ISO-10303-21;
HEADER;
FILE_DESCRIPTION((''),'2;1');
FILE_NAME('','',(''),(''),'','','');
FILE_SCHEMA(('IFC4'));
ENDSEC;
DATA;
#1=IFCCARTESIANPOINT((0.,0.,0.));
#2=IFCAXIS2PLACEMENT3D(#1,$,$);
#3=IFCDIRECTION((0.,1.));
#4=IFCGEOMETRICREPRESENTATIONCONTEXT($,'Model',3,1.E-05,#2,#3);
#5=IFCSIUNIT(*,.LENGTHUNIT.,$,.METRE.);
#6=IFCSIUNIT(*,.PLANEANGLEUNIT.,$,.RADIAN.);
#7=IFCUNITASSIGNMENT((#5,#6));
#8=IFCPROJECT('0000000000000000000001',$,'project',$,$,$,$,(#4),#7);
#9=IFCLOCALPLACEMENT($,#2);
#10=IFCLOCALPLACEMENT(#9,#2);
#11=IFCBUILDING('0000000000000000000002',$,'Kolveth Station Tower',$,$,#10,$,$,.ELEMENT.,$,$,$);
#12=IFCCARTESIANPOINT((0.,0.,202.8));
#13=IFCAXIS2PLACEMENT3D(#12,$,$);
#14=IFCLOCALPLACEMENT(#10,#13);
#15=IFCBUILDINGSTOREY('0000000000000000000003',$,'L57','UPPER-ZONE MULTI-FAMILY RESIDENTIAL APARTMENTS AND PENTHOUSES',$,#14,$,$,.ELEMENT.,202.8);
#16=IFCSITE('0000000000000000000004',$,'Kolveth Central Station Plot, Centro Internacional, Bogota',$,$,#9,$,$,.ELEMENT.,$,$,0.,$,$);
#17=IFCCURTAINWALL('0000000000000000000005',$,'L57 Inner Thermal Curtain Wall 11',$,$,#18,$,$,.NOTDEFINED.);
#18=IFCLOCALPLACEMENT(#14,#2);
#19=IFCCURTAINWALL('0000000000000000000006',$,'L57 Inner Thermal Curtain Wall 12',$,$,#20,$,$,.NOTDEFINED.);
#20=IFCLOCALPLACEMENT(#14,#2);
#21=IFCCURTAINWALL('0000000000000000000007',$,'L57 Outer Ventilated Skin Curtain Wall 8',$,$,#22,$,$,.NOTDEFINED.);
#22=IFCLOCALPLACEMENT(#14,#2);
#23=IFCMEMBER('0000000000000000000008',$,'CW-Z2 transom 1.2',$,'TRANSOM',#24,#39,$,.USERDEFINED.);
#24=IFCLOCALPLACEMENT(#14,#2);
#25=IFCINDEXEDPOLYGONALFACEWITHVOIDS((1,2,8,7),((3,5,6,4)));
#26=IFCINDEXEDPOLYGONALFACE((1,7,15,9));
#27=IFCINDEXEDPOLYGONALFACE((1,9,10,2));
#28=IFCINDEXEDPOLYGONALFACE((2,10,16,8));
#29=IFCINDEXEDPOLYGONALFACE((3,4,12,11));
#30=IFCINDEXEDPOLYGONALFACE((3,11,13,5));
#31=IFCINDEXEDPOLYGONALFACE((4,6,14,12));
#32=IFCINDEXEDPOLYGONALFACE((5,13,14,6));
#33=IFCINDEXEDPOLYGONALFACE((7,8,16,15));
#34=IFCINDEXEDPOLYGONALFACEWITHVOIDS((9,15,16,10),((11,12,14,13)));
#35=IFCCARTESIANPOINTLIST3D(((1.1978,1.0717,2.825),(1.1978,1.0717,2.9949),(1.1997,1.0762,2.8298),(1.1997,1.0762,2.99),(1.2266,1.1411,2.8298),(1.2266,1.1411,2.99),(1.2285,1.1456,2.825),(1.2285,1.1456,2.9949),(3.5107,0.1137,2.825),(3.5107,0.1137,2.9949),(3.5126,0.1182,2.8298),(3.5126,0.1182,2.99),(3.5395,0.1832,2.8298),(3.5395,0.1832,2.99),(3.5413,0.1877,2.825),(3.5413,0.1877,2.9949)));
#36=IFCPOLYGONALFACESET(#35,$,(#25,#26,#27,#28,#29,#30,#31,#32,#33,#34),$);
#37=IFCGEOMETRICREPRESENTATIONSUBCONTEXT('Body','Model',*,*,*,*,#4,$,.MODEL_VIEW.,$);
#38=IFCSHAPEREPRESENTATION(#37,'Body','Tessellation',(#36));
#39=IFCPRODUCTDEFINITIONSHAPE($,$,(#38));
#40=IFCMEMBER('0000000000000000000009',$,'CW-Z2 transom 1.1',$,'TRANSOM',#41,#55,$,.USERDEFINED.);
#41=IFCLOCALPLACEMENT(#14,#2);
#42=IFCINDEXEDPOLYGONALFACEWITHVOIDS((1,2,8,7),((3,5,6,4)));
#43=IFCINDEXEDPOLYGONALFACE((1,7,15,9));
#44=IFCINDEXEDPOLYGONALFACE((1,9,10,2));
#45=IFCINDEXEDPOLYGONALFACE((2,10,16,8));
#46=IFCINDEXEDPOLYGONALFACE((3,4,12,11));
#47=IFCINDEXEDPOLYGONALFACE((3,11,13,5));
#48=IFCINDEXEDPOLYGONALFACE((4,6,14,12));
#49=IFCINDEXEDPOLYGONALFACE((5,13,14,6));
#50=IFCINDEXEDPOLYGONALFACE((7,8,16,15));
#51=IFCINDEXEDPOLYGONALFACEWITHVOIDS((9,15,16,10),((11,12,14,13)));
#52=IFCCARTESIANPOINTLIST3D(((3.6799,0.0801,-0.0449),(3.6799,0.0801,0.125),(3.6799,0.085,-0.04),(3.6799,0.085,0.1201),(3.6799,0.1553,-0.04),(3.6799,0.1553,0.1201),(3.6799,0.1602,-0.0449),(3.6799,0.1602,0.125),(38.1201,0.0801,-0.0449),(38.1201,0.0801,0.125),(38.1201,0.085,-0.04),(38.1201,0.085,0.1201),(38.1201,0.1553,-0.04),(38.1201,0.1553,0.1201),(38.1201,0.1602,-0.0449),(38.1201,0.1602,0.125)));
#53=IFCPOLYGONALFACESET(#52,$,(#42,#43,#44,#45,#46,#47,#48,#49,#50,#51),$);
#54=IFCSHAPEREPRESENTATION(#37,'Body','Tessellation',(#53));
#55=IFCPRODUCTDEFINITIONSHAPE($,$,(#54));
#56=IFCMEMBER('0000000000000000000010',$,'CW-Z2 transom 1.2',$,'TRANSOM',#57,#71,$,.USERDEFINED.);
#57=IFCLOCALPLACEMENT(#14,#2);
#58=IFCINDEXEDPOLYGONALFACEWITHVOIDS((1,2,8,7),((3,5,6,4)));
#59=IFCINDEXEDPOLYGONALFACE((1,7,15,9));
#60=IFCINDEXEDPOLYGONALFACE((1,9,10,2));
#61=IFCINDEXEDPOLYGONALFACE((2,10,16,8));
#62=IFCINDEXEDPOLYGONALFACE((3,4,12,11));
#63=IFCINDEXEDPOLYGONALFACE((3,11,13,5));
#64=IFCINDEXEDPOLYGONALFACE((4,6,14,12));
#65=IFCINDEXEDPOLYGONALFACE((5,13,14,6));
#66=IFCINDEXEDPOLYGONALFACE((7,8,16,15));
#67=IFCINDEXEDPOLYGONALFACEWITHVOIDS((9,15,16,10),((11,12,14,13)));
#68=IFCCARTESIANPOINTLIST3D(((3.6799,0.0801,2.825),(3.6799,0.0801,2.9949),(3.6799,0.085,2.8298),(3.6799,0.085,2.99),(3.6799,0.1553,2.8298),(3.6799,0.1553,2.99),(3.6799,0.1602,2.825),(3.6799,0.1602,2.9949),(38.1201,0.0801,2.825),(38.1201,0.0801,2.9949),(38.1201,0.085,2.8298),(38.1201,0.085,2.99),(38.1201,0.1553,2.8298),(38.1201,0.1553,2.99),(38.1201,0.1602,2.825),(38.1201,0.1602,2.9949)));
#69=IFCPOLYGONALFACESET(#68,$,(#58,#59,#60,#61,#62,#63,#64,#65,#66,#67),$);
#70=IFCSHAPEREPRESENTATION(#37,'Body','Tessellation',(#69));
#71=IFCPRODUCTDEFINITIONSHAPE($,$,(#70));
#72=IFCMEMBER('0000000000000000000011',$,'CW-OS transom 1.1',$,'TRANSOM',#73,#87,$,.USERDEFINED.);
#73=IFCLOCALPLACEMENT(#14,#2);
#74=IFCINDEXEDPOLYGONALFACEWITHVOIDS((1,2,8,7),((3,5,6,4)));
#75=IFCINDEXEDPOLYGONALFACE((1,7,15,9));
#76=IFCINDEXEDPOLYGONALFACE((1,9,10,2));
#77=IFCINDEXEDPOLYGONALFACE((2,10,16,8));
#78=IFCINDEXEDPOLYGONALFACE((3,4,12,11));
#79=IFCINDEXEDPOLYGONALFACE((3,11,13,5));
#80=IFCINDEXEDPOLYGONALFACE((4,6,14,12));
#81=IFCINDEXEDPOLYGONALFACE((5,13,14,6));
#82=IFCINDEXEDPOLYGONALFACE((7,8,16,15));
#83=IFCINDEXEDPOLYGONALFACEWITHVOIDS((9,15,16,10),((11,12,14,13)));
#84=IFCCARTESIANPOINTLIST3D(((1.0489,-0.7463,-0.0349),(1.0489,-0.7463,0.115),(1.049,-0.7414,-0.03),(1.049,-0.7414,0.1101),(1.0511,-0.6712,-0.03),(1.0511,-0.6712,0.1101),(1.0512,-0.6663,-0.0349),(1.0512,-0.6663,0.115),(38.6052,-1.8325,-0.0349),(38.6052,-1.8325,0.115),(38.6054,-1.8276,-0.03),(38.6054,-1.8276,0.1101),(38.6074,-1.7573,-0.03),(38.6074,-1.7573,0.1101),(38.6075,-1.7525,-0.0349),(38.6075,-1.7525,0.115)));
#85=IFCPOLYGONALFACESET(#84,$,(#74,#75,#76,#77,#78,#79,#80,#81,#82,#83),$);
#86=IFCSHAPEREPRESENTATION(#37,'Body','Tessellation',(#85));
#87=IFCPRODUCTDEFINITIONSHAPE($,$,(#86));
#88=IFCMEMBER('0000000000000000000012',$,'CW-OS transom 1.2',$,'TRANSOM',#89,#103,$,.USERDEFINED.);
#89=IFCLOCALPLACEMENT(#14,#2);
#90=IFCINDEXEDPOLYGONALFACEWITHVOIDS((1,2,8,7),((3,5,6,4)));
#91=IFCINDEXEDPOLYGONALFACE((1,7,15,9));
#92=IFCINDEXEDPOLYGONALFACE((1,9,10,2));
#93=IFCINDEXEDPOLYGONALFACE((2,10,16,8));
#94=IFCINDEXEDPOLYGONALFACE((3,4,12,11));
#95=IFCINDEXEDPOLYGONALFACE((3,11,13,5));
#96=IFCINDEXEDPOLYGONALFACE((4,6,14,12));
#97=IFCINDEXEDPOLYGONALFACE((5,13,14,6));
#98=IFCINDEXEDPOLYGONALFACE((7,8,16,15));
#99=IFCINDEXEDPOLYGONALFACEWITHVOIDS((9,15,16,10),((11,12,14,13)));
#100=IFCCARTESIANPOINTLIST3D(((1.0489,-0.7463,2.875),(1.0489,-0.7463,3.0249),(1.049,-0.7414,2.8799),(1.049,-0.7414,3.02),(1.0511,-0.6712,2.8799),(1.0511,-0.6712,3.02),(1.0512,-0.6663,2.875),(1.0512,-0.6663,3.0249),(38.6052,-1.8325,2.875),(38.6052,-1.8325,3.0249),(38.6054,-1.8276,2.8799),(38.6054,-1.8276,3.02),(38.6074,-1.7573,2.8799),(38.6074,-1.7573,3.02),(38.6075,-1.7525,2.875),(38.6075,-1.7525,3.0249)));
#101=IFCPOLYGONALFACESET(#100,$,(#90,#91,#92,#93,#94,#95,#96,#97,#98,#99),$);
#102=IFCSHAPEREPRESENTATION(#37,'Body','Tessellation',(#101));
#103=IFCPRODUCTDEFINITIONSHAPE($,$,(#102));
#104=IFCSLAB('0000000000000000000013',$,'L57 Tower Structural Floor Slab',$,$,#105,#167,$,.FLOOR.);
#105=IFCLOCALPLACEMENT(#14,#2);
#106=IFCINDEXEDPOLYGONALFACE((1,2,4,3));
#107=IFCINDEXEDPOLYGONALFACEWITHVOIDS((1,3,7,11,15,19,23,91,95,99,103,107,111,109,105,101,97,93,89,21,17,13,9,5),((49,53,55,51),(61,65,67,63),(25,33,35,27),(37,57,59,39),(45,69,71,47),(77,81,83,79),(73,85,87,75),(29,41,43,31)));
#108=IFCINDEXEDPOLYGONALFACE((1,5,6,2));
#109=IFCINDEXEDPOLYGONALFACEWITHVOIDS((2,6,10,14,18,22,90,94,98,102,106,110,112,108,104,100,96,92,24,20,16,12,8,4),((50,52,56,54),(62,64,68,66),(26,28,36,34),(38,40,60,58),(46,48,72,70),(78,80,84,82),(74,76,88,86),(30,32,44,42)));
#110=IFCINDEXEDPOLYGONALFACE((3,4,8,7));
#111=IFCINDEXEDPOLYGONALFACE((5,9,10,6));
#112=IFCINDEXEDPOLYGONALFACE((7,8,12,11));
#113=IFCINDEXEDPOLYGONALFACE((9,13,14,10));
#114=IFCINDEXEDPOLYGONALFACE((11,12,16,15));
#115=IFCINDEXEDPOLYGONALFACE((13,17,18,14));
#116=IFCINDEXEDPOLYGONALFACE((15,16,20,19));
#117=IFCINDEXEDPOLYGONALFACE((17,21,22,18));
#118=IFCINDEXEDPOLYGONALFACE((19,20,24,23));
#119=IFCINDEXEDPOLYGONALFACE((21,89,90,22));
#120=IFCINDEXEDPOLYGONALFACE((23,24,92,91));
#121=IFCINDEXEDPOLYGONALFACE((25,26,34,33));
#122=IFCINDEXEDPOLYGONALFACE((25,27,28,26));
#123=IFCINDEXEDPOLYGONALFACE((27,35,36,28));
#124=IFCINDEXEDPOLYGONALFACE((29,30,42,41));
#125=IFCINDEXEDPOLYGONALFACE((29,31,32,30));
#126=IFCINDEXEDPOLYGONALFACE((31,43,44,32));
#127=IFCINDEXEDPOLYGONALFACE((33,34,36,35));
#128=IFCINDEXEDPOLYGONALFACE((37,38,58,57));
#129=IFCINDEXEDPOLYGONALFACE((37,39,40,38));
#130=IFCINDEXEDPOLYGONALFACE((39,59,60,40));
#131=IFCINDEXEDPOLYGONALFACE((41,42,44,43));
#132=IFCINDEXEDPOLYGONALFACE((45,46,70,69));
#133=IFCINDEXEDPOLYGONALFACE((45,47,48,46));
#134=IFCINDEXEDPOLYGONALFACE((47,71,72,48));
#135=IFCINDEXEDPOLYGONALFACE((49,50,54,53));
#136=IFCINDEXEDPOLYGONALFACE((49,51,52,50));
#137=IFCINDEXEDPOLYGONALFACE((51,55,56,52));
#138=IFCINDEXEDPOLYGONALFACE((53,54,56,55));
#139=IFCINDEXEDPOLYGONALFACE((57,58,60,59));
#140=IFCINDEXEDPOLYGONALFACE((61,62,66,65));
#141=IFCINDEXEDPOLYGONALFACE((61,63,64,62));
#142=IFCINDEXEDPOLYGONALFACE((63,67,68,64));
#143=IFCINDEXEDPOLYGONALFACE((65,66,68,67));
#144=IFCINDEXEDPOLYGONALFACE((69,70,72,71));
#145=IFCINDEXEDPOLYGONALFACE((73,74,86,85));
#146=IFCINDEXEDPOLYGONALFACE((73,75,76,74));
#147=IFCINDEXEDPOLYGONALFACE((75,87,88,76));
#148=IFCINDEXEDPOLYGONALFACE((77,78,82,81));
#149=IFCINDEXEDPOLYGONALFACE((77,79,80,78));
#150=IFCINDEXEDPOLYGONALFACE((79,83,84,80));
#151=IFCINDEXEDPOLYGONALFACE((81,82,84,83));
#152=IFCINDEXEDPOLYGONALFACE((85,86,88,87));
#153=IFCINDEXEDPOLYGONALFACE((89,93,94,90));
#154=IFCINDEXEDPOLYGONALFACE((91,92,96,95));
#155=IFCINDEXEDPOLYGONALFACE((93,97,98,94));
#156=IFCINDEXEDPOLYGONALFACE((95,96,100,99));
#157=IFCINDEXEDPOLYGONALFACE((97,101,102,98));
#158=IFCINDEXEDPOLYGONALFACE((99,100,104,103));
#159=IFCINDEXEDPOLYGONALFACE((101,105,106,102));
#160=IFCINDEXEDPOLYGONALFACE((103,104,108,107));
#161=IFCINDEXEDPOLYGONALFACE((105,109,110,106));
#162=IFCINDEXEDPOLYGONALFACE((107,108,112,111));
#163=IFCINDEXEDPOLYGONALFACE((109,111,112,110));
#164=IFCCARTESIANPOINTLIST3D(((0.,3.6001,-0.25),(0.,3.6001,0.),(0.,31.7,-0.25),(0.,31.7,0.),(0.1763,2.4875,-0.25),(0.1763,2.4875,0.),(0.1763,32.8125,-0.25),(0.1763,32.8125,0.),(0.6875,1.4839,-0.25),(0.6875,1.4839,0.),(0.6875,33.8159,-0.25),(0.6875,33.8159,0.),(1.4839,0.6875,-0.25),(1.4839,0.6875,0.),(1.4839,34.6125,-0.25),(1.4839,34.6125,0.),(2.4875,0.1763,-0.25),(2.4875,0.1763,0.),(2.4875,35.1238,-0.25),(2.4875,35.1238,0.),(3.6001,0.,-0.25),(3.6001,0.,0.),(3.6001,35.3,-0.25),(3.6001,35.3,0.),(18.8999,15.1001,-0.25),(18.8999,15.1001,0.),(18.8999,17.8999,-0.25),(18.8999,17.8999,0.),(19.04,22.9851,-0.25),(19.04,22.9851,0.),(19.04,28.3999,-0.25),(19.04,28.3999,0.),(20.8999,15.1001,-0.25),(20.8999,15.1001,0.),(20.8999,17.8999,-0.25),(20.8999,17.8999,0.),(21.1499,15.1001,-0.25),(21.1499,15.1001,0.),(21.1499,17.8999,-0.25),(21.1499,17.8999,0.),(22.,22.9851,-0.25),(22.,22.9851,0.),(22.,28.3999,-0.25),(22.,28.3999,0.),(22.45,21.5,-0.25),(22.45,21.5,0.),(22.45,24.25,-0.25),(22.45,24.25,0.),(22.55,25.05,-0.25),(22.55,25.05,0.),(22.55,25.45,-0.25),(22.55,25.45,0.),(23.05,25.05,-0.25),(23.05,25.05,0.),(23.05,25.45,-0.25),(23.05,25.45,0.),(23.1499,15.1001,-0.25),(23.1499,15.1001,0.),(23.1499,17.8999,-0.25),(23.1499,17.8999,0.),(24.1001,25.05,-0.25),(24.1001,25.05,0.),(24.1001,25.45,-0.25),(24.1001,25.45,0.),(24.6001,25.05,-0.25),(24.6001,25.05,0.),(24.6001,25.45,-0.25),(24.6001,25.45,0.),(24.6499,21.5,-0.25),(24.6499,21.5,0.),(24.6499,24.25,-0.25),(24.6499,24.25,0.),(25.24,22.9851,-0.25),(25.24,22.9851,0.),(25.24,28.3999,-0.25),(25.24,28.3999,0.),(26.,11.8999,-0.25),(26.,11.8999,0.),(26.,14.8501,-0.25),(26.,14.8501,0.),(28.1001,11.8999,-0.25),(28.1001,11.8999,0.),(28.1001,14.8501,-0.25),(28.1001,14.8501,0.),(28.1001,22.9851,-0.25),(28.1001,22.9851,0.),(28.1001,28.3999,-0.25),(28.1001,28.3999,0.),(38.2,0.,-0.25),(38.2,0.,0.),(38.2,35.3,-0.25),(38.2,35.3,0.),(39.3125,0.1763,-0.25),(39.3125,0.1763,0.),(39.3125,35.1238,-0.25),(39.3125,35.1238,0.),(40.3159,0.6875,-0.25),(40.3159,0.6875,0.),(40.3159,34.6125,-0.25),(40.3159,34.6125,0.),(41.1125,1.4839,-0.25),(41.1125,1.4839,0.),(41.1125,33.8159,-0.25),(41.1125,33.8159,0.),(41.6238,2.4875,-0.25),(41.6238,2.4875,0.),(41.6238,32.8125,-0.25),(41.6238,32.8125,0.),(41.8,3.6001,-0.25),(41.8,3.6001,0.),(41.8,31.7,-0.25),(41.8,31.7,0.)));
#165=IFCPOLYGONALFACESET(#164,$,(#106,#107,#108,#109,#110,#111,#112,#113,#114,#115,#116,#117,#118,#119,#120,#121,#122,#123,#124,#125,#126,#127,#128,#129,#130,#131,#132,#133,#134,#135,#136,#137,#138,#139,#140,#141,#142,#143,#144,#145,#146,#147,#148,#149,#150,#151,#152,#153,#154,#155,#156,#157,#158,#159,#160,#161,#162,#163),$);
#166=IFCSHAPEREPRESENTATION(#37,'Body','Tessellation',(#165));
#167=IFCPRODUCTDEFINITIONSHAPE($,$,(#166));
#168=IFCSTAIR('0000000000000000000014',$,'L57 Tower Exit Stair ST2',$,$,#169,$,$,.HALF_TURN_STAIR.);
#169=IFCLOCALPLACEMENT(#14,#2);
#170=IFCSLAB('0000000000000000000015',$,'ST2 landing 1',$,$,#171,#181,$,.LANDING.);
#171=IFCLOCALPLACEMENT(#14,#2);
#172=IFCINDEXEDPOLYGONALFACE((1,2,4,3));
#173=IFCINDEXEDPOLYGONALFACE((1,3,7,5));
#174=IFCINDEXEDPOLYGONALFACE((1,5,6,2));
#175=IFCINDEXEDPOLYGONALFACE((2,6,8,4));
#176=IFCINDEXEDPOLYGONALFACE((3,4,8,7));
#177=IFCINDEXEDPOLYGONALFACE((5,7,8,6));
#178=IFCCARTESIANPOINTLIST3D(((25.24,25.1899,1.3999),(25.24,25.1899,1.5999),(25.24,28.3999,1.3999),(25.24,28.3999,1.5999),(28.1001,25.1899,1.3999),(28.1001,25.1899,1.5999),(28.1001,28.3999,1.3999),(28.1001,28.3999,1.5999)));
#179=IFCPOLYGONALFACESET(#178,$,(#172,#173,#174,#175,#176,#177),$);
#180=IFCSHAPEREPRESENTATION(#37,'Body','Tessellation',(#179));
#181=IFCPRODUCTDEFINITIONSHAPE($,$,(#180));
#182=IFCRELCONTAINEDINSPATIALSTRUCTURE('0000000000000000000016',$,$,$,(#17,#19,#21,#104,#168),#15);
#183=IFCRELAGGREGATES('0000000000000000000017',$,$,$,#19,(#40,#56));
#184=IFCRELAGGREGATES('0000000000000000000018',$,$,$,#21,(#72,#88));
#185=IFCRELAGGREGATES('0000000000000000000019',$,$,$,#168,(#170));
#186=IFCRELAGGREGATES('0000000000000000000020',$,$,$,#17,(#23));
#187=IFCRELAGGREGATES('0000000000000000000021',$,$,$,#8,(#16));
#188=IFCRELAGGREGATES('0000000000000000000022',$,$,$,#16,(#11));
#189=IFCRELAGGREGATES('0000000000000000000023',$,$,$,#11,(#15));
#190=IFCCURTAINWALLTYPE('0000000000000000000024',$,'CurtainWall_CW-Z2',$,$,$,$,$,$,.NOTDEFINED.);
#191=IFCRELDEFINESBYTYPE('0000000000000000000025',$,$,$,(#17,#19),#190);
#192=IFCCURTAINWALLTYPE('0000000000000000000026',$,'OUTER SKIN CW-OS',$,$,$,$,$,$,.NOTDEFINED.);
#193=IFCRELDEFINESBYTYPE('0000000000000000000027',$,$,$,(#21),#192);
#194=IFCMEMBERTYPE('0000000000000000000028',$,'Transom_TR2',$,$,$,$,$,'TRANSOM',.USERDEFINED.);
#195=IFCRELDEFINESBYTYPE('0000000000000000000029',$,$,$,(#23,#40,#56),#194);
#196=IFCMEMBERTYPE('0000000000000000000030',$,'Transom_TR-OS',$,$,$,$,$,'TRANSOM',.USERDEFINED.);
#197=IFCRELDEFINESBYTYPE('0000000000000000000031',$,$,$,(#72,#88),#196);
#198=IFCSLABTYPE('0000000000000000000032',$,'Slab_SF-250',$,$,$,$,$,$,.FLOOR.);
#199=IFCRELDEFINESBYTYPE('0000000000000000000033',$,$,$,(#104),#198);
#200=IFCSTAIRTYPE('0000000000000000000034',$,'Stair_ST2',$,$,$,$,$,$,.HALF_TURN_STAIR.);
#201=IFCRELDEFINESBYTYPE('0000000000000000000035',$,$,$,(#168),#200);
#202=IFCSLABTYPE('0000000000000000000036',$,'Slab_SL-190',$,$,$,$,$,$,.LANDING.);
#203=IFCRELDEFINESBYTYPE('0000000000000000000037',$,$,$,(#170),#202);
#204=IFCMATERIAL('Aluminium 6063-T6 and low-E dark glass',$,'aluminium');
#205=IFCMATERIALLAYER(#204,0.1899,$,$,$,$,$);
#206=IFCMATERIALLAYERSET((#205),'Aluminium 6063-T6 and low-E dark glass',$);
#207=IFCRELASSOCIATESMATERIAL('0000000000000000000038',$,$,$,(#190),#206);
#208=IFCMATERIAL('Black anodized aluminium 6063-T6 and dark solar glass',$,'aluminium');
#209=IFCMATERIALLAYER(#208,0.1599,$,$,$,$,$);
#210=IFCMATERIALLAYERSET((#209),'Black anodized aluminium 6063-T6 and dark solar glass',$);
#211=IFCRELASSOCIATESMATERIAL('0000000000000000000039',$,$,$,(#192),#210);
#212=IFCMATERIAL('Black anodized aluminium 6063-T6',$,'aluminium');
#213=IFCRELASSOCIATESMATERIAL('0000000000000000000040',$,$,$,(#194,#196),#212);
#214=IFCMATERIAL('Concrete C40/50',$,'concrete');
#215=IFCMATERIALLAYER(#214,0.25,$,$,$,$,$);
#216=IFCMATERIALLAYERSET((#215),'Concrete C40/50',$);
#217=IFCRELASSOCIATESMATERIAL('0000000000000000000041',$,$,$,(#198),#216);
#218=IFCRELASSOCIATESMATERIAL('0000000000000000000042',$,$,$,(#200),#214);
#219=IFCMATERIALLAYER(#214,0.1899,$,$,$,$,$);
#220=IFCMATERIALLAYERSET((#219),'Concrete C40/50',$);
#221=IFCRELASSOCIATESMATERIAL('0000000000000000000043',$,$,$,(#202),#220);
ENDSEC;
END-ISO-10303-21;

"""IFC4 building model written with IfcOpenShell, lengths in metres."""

from ifc_helpers import new_model, si_unit, direction, frame, origin, origin_2d, place, context, subcontext, project, spatial, polyline, hollow_rectangle, outline, extrude, source, transform, mapped, material, layer, layer_set, material_profile, profile_set, type_object, element, aggregate, save


model = new_model("IFC4")

# Units and contexts
model_context = context("Model", 3, precision=1e-05, world=origin(), true_north=direction((0.0, 1.0)))
body_context = subcontext(model_context, "Body", "Model", "MODEL_VIEW")
ifc_project = project(units=[si_unit("LENGTHUNIT", "METRE"), si_unit("PLANEANGLEUNIT", "RADIAN")], contexts=[model_context])

# Site, building, storey
site_placement = place(None, origin())
site = spatial("IfcSite", under=ifc_project, at=site_placement, Name="Kolveth Central Station Plot, Centro Internacional, Bogota", CompositionType="ELEMENT", RefElevation=0.0)
building_placement = place(site_placement, origin())
building = spatial("IfcBuilding", under=site, at=building_placement, Name="Kolveth Station Tower", CompositionType="ELEMENT")
storey_placement = place(building_placement, frame((0.0, 0.0, 202.8)))
storey = spatial("IfcBuildingStorey", under=building, at=storey_placement, Name="L57", Description="UPPER-ZONE MULTI-FAMILY RESIDENTIAL APARTMENTS AND PENTHOUSES", CompositionType="ELEMENT", Elevation=202.8)

# Shared definitions
ifc_material_1 = material(Name="Aluminium 6063-T6 and low-E dark glass", Category="aluminium")
ifc_layer_1 = layer(ifc_material_1, 0.1899)
ifc_layer_set_1 = layer_set([ifc_layer_1], Name="Aluminium 6063-T6 and low-E dark glass")
curtain_wall_type_1 = type_object("IfcCurtainWallType", Name="CurtainWall_CW-Z2", PredefinedType="NOTDEFINED", material=ifc_layer_set_1)
ifc_material_2 = material(Name="Black anodized aluminium 6063-T6", Category="aluminium")

# Curtain wall
curtain_wall_1_placement = place(storey_placement, origin())
curtain_wall_1 = element("IfcCurtainWall", 1, at=curtain_wall_1_placement, inside=storey, type_object=curtain_wall_type_1, Name="L57 Inner Thermal Curtain Wall 11", PredefinedType="NOTDEFINED")

# Curtain walls
curtain_wall_2_placement = place(storey_placement, origin())
curtain_wall_2 = element("IfcCurtainWall", 2, at=curtain_wall_2_placement, inside=storey, type_object=curtain_wall_type_1, Name="L57 Inner Thermal Curtain Wall 12", PredefinedType="NOTDEFINED")
ifc_material_3 = material(Name="Black anodized aluminium 6063-T6 and dark solar glass", Category="aluminium")
ifc_layer_2 = layer(ifc_material_3, 0.1599)
ifc_layer_set_2 = layer_set([ifc_layer_2], Name="Black anodized aluminium 6063-T6 and dark solar glass")
curtain_wall_type_2 = type_object("IfcCurtainWallType", Name="OUTER SKIN CW-OS", PredefinedType="NOTDEFINED", material=ifc_layer_set_2)
curtain_wall_3_placement = place(storey_placement, origin())
curtain_wall_3 = element("IfcCurtainWall", 3, at=curtain_wall_3_placement, inside=storey, type_object=curtain_wall_type_2, Name="L57 Outer Ventilated Skin Curtain Wall 8", PredefinedType="NOTDEFINED")

# Members
ifc_material_profile_1 = material_profile(ifc_material_2, hollow_rectangle(XDim=0.0801, YDim=0.1699, WallThickness=0.0049, at=origin_2d()), Name="ALU-80x170x5")
ifc_profile_set_1 = profile_set([ifc_material_profile_1], Name="Black anodized aluminium 6063-T6")
member_type_1 = type_object("IfcMemberType", Name="Transom_TR2", ElementType="TRANSOM", PredefinedType="USERDEFINED", material=ifc_profile_set_1)
shared_shape_1 = source(origin(), body_context, "Body", "SweptSolid", [
    extrude(hollow_rectangle(XDim=0.0801, YDim=0.1699, WallThickness=0.0049, at=origin_2d()), origin(), (0.0, 0.0, 1.0), 2.5034),
])
member_1_placement = place(storey_placement, frame((1.2131, 1.1086, 2.9099), z_axis=(0.923888, -0.382662, 0.0), x_axis=(0.382662, 0.923888, 0.0)))
member_1 = element("IfcMember", 4, at=member_1_placement, type_object=member_type_1, Name="CW-Z2 transom 1.2", ObjectType="TRANSOM", PredefinedType="USERDEFINED", context=body_context, shape_type="MappedRepresentation", body=[
    mapped(shared_shape_1, transform((0.0, 0.0, 0.0), x_axis=(1.0, 0.0, 0.0), y_axis=(0.0, 1.0, 0.0), z_axis=(0.0, 0.0, 1.0), scale=1.0)),
])
shared_shape_2 = source(origin(), body_context, "Body", "SweptSolid", [
    extrude(hollow_rectangle(XDim=0.0801, YDim=0.1699, WallThickness=0.0049, at=origin_2d()), origin(), (0.0, 0.0, 1.0), 34.4402),
])
member_2_placement = place(storey_placement, frame((3.6799, 0.1201, 0.04), z_axis=(1.0, 0.0, 0.0), x_axis=(0.0, 1.0, 0.0)))
member_2 = element("IfcMember", 5, at=member_2_placement, type_object=member_type_1, Name="CW-Z2 transom 1.1", ObjectType="TRANSOM", PredefinedType="USERDEFINED", context=body_context, shape_type="MappedRepresentation", body=[
    mapped(shared_shape_2, transform((0.0, 0.0, 0.0), x_axis=(1.0, 0.0, 0.0), y_axis=(0.0, 1.0, 0.0), z_axis=(0.0, 0.0, 1.0), scale=1.0)),
])
member_3_placement = place(storey_placement, frame((3.6799, 0.1201, 2.9099), z_axis=(1.0, 0.0, 0.0), x_axis=(0.0, 1.0, 0.0)))
member_3 = element("IfcMember", 6, at=member_3_placement, type_object=member_type_1, Name="CW-Z2 transom 1.2", ObjectType="TRANSOM", PredefinedType="USERDEFINED", context=body_context, shape_type="MappedRepresentation", body=[
    mapped(shared_shape_2, transform((0.0, 0.0, 0.0), x_axis=(1.0, 0.0, 0.0), y_axis=(0.0, 1.0, 0.0), z_axis=(0.0, 0.0, 1.0), scale=1.0)),
])
aggregate(curtain_wall_2, [member_2, member_3])
ifc_material_profile_2 = material_profile(ifc_material_2, hollow_rectangle(XDim=0.0801, YDim=0.1499, WallThickness=0.0049, at=origin_2d()), Name="ALU-80x150x5")
ifc_profile_set_2 = profile_set([ifc_material_profile_2], Name="Black anodized aluminium 6063-T6")
member_type_2 = type_object("IfcMemberType", Name="Transom_TR-OS", ElementType="TRANSOM", PredefinedType="USERDEFINED", material=ifc_profile_set_2)
shared_shape_3 = source(origin(), body_context, "Body", "SweptSolid", [
    extrude(hollow_rectangle(XDim=0.0801, YDim=0.1499, WallThickness=0.0049, at=origin_2d()), origin(), (0.0, 0.0, 1.0), 37.572),
])
member_4_placement = place(storey_placement, frame((1.05, -0.7063, 0.04), z_axis=(0.999582, -0.028909, 0.0), x_axis=(0.028909, 0.999582, 0.0)))
member_4 = element("IfcMember", 7, at=member_4_placement, type_object=member_type_2, Name="CW-OS transom 1.1", ObjectType="TRANSOM", PredefinedType="USERDEFINED", context=body_context, shape_type="MappedRepresentation", body=[
    mapped(shared_shape_3, transform((0.0, 0.0, 0.0), x_axis=(1.0, 0.0, 0.0), y_axis=(0.0, 1.0, 0.0), z_axis=(0.0, 0.0, 1.0), scale=1.0)),
])
member_5_placement = place(storey_placement, frame((1.05, -0.7063, 2.95), z_axis=(0.999582, -0.028909, 0.0), x_axis=(0.028909, 0.999582, 0.0)))
member_5 = element("IfcMember", 8, at=member_5_placement, type_object=member_type_2, Name="CW-OS transom 1.2", ObjectType="TRANSOM", PredefinedType="USERDEFINED", context=body_context, shape_type="MappedRepresentation", body=[
    mapped(shared_shape_3, transform((0.0, 0.0, 0.0), x_axis=(1.0, 0.0, 0.0), y_axis=(0.0, 1.0, 0.0), z_axis=(0.0, 0.0, 1.0), scale=1.0)),
])
aggregate(curtain_wall_3, [member_4, member_5])

# Slab
ifc_material_4 = material(Name="Concrete C40/50", Category="concrete")
ifc_layer_3 = layer(ifc_material_4, 0.25)
ifc_layer_set_3 = layer_set([ifc_layer_3], Name="Concrete C40/50")
slab_type_1 = type_object("IfcSlabType", Name="Slab_SF-250", PredefinedType="FLOOR", material=ifc_layer_set_3)
slab_1_placement = place(storey_placement, frame((0.0, 0.0, -0.25)))
element("IfcSlab", 9, at=slab_1_placement, inside=storey, type_object=slab_type_1, Name="L57 Tower Structural Floor Slab", PredefinedType="FLOOR", context=body_context, shape_type="SweptSolid", body=[
    extrude(outline(polyline([(38.2, 0.0), (39.3125, 0.1763), (40.3159, 0.6875), (41.1125, 1.4839), (41.6238, 2.4875), (41.8, 3.6001), (41.8, 31.7), (41.6238, 32.8125), (41.1125, 33.8159), (40.3159, 34.6125), (39.3125, 35.1238), (38.2, 35.3), (3.6001, 35.3), (2.4875, 35.1238), (1.4839, 34.6125), (0.6875, 33.8159), (0.1763, 32.8125), (0.0, 31.7), (0.0, 3.6001), (0.1763, 2.4875), (0.6875, 1.4839), (1.4839, 0.6875), (2.4875, 0.1763), (3.6001, 0.0), (38.2, 0.0)]), holes=[polyline([(19.04, 22.9851), (22.0, 22.9851), (22.0, 28.3999), (19.04, 28.3999), (19.04, 22.9851)]), polyline([(25.24, 22.9851), (28.1001, 22.9851), (28.1001, 28.3999), (25.24, 28.3999), (25.24, 22.9851)]), polyline([(18.8999, 15.1001), (20.8999, 15.1001), (20.8999, 17.8999), (18.8999, 17.8999), (18.8999, 15.1001)]), polyline([(21.1499, 15.1001), (23.1499, 15.1001), (23.1499, 17.8999), (21.1499, 17.8999), (21.1499, 15.1001)]), polyline([(22.45, 21.5), (24.6499, 21.5), (24.6499, 24.25), (22.45, 24.25), (22.45, 21.5)]), polyline([(26.0, 11.8999), (28.1001, 11.8999), (28.1001, 14.8501), (26.0, 14.8501), (26.0, 11.8999)]), polyline([(22.55, 25.05), (23.05, 25.05), (23.05, 25.45), (22.55, 25.45), (22.55, 25.05)]), polyline([(24.1001, 25.05), (24.6001, 25.05), (24.6001, 25.45), (24.1001, 25.45), (24.1001, 25.05)])]), origin(), (0.0, 0.0, 1.0), 0.25),
])

# Stair, slab
stair_type_1 = type_object("IfcStairType", Name="Stair_ST2", PredefinedType="HALF_TURN_STAIR", material=ifc_material_4)
stair_1_placement = place(storey_placement, origin())
stair_1 = element("IfcStair", 10, at=stair_1_placement, inside=storey, type_object=stair_type_1, Name="L57 Tower Exit Stair ST2", PredefinedType="HALF_TURN_STAIR")
ifc_layer_4 = layer(ifc_material_4, 0.1899)
ifc_layer_set_4 = layer_set([ifc_layer_4], Name="Concrete C40/50")
slab_type_2 = type_object("IfcSlabType", Name="Slab_SL-190", PredefinedType="LANDING", material=ifc_layer_set_4)
slab_2_placement = place(storey_placement, frame((0.0, 0.0, 1.3999)))
slab_2 = element("IfcSlab", 11, at=slab_2_placement, type_object=slab_type_2, Name="ST2 landing 1", PredefinedType="LANDING", context=body_context, shape_type="SweptSolid", body=[
    extrude(outline(polyline([(28.1001, 25.1899), (28.1001, 28.3999), (25.24, 28.3999), (25.24, 25.1899), (28.1001, 25.1899)])), origin(), (0.0, 0.0, 1.0), 0.2),
])
aggregate(stair_1, [slab_2])

aggregate(curtain_wall_1, [member_1])

save(model, "model.ifc")
